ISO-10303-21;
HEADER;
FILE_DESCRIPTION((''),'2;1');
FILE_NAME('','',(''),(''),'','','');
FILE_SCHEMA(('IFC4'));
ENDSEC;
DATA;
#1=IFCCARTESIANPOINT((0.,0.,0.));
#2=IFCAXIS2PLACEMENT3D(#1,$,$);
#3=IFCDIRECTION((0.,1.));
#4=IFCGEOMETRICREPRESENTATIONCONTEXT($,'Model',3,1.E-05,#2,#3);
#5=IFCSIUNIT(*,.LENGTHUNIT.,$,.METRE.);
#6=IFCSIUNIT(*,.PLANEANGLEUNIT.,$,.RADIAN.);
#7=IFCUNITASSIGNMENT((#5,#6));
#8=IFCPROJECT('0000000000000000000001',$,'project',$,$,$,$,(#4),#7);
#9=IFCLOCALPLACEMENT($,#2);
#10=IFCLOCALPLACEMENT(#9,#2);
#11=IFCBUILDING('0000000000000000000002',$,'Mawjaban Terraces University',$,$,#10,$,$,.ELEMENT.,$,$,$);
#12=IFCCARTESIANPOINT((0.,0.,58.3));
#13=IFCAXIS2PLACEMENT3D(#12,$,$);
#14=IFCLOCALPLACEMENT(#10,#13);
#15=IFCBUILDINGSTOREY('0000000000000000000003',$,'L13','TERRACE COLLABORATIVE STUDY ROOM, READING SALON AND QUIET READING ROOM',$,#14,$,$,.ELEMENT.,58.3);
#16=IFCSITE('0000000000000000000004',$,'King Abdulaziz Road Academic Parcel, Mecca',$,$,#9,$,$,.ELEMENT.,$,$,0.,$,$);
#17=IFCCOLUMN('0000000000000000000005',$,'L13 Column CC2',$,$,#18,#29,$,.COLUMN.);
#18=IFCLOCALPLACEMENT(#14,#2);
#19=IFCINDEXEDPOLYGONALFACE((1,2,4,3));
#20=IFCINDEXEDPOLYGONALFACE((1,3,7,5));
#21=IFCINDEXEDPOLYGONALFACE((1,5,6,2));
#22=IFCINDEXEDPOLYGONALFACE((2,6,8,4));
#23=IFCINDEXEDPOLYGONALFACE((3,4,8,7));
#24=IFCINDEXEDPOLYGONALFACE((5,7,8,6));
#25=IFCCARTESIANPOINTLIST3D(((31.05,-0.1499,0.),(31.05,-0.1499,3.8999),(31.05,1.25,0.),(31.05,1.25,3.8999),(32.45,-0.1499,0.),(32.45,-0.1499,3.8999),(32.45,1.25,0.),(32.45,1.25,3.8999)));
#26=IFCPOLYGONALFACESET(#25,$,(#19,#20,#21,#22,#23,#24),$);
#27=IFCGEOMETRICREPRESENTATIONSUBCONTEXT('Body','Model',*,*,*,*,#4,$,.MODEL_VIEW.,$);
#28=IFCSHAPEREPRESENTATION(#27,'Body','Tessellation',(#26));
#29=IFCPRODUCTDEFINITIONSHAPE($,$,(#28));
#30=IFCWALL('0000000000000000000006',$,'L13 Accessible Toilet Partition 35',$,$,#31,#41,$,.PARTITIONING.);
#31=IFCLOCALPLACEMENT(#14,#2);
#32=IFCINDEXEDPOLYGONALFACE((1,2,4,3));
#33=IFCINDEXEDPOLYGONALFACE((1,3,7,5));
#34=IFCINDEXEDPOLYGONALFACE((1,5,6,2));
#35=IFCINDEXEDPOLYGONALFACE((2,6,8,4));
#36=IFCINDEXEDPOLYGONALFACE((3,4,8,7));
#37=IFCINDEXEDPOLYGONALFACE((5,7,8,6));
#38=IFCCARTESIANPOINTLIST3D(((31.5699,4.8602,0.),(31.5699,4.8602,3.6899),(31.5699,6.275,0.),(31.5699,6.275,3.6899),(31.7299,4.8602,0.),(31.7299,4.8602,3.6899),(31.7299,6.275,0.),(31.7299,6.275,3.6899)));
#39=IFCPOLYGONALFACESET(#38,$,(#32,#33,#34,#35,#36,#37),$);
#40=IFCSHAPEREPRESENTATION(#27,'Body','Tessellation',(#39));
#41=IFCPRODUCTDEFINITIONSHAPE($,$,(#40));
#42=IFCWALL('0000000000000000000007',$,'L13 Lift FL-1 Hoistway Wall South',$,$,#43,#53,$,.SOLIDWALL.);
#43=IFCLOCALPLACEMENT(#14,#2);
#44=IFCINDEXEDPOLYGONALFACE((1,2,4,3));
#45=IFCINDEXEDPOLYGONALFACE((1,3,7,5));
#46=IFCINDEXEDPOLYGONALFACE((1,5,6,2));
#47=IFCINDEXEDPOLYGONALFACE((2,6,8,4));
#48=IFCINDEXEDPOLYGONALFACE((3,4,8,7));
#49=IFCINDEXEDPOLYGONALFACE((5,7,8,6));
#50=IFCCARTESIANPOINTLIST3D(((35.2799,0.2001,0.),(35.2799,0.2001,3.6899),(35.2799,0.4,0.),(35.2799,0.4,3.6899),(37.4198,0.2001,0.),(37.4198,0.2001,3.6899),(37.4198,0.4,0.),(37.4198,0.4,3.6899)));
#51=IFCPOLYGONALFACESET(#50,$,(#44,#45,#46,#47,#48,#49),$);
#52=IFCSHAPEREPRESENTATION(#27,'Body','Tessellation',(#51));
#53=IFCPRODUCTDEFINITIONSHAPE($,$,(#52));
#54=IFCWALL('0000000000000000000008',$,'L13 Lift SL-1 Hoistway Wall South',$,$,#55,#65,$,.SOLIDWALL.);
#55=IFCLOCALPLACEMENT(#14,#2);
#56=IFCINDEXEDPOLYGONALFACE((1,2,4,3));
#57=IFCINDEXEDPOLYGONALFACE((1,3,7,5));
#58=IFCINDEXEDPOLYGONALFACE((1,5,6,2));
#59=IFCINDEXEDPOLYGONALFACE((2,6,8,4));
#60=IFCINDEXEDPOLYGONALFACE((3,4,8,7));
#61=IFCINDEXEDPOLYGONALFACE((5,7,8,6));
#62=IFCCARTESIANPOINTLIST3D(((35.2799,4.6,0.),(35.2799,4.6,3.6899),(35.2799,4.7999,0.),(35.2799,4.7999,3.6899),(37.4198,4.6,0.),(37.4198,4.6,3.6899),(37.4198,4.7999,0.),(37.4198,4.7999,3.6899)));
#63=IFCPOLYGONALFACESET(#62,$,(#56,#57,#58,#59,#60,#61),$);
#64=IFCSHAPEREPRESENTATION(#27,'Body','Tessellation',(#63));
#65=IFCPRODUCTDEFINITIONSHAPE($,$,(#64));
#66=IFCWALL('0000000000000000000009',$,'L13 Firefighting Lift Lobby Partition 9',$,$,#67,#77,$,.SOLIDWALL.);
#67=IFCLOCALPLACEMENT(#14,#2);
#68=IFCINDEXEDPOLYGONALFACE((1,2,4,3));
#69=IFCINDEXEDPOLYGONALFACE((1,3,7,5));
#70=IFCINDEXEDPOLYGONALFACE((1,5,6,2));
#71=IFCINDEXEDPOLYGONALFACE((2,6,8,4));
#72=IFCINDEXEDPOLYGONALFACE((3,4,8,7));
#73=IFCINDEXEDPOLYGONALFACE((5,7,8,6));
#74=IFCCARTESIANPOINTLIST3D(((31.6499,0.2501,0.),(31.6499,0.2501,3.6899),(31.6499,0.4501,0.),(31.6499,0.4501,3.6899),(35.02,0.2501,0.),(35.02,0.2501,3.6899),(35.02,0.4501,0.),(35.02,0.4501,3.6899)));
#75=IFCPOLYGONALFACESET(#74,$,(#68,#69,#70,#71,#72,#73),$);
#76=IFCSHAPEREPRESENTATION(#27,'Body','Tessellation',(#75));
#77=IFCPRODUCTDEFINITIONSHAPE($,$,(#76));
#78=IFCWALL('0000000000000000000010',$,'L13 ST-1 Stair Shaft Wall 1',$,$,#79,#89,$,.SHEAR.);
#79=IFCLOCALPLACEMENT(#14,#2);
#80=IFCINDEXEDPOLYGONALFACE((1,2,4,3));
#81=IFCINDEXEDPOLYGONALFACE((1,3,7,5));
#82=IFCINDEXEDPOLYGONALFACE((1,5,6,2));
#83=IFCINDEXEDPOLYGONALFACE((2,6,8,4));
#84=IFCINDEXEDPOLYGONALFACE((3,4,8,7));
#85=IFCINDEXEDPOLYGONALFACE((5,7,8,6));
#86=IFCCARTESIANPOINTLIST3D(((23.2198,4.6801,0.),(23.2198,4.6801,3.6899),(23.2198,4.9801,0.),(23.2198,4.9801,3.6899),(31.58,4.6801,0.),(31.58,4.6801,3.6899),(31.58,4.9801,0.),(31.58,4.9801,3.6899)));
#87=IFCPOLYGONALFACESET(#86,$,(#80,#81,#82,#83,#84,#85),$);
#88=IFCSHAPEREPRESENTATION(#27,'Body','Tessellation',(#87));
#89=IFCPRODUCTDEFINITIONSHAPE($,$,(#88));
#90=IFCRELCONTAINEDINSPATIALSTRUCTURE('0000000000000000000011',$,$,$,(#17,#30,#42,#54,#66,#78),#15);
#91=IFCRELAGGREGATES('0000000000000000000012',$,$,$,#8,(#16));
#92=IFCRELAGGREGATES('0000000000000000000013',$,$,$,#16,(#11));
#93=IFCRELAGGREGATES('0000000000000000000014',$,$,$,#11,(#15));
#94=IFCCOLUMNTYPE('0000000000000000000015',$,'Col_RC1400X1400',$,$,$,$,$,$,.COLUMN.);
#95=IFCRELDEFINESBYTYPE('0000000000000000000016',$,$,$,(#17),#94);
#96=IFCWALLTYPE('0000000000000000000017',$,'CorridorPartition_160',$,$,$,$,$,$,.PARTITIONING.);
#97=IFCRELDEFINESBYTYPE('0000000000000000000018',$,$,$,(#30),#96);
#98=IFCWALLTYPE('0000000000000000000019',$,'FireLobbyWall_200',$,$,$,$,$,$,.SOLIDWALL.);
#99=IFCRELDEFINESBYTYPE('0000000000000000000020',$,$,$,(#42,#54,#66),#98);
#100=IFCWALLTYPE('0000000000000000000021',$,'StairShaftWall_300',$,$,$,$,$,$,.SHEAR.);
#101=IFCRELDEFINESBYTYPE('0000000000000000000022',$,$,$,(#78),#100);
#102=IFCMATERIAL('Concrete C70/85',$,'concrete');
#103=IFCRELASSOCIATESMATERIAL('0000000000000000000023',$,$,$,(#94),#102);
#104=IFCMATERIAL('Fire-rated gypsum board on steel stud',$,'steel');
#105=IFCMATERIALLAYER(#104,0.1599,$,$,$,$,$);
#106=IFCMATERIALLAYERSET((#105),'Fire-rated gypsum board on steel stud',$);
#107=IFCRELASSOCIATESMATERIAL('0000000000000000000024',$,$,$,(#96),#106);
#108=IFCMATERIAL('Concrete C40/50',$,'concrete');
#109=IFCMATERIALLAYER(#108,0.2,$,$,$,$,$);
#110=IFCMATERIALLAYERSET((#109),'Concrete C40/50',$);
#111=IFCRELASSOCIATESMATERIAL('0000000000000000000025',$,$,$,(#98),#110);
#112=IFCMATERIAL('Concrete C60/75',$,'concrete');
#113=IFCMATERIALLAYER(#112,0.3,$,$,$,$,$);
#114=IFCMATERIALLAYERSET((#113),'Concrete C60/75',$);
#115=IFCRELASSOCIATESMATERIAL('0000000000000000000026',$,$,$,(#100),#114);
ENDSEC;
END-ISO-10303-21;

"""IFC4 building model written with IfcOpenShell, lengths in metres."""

from ifc_helpers import new_model, si_unit, direction, frame, frame_2d, origin, origin_2d, place, context, subcontext, project, spatial, rectangle, extrude, material, layer, layer_set, material_profile, profile_set, type_object, element, save


model = new_model("IFC4")

# Units and contexts
model_context = context("Model", 3, precision=1e-05, world=origin(), true_north=direction((0.0, 1.0)))
body_context = subcontext(model_context, "Body", "Model", "MODEL_VIEW")
ifc_project = project(units=[si_unit("LENGTHUNIT", "METRE"), si_unit("PLANEANGLEUNIT", "RADIAN")], contexts=[model_context])

# Site, building, storey
site_placement = place(None, origin())
site = spatial("IfcSite", under=ifc_project, at=site_placement, Name="King Abdulaziz Road Academic Parcel, Mecca", CompositionType="ELEMENT", RefElevation=0.0)
building_placement = place(site_placement, origin())
building = spatial("IfcBuilding", under=site, at=building_placement, Name="Mawjaban Terraces University", CompositionType="ELEMENT")
storey_placement = place(building_placement, frame((0.0, 0.0, 58.3)))
storey = spatial("IfcBuildingStorey", under=building, at=storey_placement, Name="L13", Description="TERRACE COLLABORATIVE STUDY ROOM, READING SALON AND QUIET READING ROOM", CompositionType="ELEMENT", Elevation=58.3)

# Column
ifc_material_1 = material(Name="Concrete C70/85", Category="concrete")
ifc_material_profile = material_profile(ifc_material_1, rectangle(XDim=1.3999, YDim=1.3999, at=origin_2d()), Name="RC1400X1400")
ifc_profile_set = profile_set([ifc_material_profile], Name="Concrete C70/85")
column_type = type_object("IfcColumnType", Name="Col_RC1400X1400", PredefinedType="COLUMN", material=ifc_profile_set)
column_placement = place(storey_placement, frame((31.75, 0.55, 0.0), z_axis=(0.0, 0.0, 1.0), x_axis=(1.0, 0.0, 0.0)))
element("IfcColumn", 1, at=column_placement, inside=storey, type_object=column_type, Name="L13 Column CC2", PredefinedType="COLUMN", context=body_context, shape_type="SweptSolid", body=[
    extrude(rectangle(XDim=1.3999, YDim=1.3999, at=origin_2d()), origin(), (0.0, 0.0, 1.0), 3.8999),
])

# Wall
ifc_material_2 = material(Name="Fire-rated gypsum board on steel stud", Category="steel")
ifc_layer_1 = layer(ifc_material_2, 0.1599)
ifc_layer_set_1 = layer_set([ifc_layer_1], Name="Fire-rated gypsum board on steel stud")
wall_type_1 = type_object("IfcWallType", Name="CorridorPartition_160", PredefinedType="PARTITIONING", material=ifc_layer_set_1)
wall_1_placement = place(storey_placement, frame((31.6499, 4.8601, 0.0), z_axis=(0.0, 0.0, 1.0), x_axis=(0.0, 1.0, 0.0)))
element("IfcWall", 2, at=wall_1_placement, inside=storey, type_object=wall_type_1, Name="L13 Accessible Toilet Partition 35", PredefinedType="PARTITIONING", context=body_context, shape_type="SweptSolid", body=[
    extrude(rectangle(XDim=1.4148, YDim=0.1599, at=frame_2d((0.7075, 0.0))), origin(), (0.0, 0.0, 1.0), 3.6899),
])

# Shared definitions
ifc_material_3 = material(Name="Concrete C40/50", Category="concrete")
ifc_layer_2 = layer(ifc_material_3, 0.2)
ifc_layer_set_2 = layer_set([ifc_layer_2], Name="Concrete C40/50")
wall_type_2 = type_object("IfcWallType", Name="FireLobbyWall_200", PredefinedType="SOLIDWALL", material=ifc_layer_set_2)

# Wall
wall_2_placement = place(storey_placement, frame((35.28, 0.3, 0.0), z_axis=(0.0, 0.0, 1.0), x_axis=(1.0, 0.0, 0.0)))
element("IfcWall", 3, at=wall_2_placement, inside=storey, type_object=wall_type_2, Name="L13 Lift FL-1 Hoistway Wall South", PredefinedType="SOLIDWALL", context=body_context, shape_type="SweptSolid", body=[
    extrude(rectangle(XDim=2.1399, YDim=0.2, at=frame_2d((1.0698, 0.0))), origin(), (0.0, 0.0, 1.0), 3.6899),
])

# Walls
wall_3_placement = place(storey_placement, frame((35.28, 4.7, 0.0), z_axis=(0.0, 0.0, 1.0), x_axis=(1.0, 0.0, 0.0)))
element("IfcWall", 4, at=wall_3_placement, inside=storey, type_object=wall_type_2, Name="L13 Lift SL-1 Hoistway Wall South", PredefinedType="SOLIDWALL", context=body_context, shape_type="SweptSolid", body=[
    extrude(rectangle(XDim=2.1399, YDim=0.2, at=frame_2d((1.0698, 0.0))), origin(), (0.0, 0.0, 1.0), 3.6899),
])
wall_4_placement = place(storey_placement, frame((31.6499, 0.3501, 0.0), z_axis=(0.0, 0.0, 1.0), x_axis=(1.0, 0.0, 0.0)))
element("IfcWall", 5, at=wall_4_placement, inside=storey, type_object=wall_type_2, Name="L13 Firefighting Lift Lobby Partition 9", PredefinedType="SOLIDWALL", context=body_context, shape_type="SweptSolid", body=[
    extrude(rectangle(XDim=3.3701, YDim=0.2, at=frame_2d((1.6851, 0.0))), origin(), (0.0, 0.0, 1.0), 3.6899),
])

# Wall
ifc_material_4 = material(Name="Concrete C60/75", Category="concrete")
ifc_layer_3 = layer(ifc_material_4, 0.3)
ifc_layer_set_3 = layer_set([ifc_layer_3], Name="Concrete C60/75")
wall_type_3 = type_object("IfcWallType", Name="StairShaftWall_300", PredefinedType="SHEAR", material=ifc_layer_set_3)
wall_5_placement = place(storey_placement, frame((31.5801, 4.8301, 0.0), z_axis=(0.0, 0.0, 1.0), x_axis=(-1.0, 0.0, 0.0)))
element("IfcWall", 6, at=wall_5_placement, inside=storey, type_object=wall_type_3, Name="L13 ST-1 Stair Shaft Wall 1", PredefinedType="SHEAR", context=body_context, shape_type="SweptSolid", body=[
    extrude(rectangle(XDim=8.3601, YDim=0.3, at=frame_2d((4.1802, 0.0))), origin(), (0.0, 0.0, 1.0), 3.6899),
])

save(model, "model.ifc")
